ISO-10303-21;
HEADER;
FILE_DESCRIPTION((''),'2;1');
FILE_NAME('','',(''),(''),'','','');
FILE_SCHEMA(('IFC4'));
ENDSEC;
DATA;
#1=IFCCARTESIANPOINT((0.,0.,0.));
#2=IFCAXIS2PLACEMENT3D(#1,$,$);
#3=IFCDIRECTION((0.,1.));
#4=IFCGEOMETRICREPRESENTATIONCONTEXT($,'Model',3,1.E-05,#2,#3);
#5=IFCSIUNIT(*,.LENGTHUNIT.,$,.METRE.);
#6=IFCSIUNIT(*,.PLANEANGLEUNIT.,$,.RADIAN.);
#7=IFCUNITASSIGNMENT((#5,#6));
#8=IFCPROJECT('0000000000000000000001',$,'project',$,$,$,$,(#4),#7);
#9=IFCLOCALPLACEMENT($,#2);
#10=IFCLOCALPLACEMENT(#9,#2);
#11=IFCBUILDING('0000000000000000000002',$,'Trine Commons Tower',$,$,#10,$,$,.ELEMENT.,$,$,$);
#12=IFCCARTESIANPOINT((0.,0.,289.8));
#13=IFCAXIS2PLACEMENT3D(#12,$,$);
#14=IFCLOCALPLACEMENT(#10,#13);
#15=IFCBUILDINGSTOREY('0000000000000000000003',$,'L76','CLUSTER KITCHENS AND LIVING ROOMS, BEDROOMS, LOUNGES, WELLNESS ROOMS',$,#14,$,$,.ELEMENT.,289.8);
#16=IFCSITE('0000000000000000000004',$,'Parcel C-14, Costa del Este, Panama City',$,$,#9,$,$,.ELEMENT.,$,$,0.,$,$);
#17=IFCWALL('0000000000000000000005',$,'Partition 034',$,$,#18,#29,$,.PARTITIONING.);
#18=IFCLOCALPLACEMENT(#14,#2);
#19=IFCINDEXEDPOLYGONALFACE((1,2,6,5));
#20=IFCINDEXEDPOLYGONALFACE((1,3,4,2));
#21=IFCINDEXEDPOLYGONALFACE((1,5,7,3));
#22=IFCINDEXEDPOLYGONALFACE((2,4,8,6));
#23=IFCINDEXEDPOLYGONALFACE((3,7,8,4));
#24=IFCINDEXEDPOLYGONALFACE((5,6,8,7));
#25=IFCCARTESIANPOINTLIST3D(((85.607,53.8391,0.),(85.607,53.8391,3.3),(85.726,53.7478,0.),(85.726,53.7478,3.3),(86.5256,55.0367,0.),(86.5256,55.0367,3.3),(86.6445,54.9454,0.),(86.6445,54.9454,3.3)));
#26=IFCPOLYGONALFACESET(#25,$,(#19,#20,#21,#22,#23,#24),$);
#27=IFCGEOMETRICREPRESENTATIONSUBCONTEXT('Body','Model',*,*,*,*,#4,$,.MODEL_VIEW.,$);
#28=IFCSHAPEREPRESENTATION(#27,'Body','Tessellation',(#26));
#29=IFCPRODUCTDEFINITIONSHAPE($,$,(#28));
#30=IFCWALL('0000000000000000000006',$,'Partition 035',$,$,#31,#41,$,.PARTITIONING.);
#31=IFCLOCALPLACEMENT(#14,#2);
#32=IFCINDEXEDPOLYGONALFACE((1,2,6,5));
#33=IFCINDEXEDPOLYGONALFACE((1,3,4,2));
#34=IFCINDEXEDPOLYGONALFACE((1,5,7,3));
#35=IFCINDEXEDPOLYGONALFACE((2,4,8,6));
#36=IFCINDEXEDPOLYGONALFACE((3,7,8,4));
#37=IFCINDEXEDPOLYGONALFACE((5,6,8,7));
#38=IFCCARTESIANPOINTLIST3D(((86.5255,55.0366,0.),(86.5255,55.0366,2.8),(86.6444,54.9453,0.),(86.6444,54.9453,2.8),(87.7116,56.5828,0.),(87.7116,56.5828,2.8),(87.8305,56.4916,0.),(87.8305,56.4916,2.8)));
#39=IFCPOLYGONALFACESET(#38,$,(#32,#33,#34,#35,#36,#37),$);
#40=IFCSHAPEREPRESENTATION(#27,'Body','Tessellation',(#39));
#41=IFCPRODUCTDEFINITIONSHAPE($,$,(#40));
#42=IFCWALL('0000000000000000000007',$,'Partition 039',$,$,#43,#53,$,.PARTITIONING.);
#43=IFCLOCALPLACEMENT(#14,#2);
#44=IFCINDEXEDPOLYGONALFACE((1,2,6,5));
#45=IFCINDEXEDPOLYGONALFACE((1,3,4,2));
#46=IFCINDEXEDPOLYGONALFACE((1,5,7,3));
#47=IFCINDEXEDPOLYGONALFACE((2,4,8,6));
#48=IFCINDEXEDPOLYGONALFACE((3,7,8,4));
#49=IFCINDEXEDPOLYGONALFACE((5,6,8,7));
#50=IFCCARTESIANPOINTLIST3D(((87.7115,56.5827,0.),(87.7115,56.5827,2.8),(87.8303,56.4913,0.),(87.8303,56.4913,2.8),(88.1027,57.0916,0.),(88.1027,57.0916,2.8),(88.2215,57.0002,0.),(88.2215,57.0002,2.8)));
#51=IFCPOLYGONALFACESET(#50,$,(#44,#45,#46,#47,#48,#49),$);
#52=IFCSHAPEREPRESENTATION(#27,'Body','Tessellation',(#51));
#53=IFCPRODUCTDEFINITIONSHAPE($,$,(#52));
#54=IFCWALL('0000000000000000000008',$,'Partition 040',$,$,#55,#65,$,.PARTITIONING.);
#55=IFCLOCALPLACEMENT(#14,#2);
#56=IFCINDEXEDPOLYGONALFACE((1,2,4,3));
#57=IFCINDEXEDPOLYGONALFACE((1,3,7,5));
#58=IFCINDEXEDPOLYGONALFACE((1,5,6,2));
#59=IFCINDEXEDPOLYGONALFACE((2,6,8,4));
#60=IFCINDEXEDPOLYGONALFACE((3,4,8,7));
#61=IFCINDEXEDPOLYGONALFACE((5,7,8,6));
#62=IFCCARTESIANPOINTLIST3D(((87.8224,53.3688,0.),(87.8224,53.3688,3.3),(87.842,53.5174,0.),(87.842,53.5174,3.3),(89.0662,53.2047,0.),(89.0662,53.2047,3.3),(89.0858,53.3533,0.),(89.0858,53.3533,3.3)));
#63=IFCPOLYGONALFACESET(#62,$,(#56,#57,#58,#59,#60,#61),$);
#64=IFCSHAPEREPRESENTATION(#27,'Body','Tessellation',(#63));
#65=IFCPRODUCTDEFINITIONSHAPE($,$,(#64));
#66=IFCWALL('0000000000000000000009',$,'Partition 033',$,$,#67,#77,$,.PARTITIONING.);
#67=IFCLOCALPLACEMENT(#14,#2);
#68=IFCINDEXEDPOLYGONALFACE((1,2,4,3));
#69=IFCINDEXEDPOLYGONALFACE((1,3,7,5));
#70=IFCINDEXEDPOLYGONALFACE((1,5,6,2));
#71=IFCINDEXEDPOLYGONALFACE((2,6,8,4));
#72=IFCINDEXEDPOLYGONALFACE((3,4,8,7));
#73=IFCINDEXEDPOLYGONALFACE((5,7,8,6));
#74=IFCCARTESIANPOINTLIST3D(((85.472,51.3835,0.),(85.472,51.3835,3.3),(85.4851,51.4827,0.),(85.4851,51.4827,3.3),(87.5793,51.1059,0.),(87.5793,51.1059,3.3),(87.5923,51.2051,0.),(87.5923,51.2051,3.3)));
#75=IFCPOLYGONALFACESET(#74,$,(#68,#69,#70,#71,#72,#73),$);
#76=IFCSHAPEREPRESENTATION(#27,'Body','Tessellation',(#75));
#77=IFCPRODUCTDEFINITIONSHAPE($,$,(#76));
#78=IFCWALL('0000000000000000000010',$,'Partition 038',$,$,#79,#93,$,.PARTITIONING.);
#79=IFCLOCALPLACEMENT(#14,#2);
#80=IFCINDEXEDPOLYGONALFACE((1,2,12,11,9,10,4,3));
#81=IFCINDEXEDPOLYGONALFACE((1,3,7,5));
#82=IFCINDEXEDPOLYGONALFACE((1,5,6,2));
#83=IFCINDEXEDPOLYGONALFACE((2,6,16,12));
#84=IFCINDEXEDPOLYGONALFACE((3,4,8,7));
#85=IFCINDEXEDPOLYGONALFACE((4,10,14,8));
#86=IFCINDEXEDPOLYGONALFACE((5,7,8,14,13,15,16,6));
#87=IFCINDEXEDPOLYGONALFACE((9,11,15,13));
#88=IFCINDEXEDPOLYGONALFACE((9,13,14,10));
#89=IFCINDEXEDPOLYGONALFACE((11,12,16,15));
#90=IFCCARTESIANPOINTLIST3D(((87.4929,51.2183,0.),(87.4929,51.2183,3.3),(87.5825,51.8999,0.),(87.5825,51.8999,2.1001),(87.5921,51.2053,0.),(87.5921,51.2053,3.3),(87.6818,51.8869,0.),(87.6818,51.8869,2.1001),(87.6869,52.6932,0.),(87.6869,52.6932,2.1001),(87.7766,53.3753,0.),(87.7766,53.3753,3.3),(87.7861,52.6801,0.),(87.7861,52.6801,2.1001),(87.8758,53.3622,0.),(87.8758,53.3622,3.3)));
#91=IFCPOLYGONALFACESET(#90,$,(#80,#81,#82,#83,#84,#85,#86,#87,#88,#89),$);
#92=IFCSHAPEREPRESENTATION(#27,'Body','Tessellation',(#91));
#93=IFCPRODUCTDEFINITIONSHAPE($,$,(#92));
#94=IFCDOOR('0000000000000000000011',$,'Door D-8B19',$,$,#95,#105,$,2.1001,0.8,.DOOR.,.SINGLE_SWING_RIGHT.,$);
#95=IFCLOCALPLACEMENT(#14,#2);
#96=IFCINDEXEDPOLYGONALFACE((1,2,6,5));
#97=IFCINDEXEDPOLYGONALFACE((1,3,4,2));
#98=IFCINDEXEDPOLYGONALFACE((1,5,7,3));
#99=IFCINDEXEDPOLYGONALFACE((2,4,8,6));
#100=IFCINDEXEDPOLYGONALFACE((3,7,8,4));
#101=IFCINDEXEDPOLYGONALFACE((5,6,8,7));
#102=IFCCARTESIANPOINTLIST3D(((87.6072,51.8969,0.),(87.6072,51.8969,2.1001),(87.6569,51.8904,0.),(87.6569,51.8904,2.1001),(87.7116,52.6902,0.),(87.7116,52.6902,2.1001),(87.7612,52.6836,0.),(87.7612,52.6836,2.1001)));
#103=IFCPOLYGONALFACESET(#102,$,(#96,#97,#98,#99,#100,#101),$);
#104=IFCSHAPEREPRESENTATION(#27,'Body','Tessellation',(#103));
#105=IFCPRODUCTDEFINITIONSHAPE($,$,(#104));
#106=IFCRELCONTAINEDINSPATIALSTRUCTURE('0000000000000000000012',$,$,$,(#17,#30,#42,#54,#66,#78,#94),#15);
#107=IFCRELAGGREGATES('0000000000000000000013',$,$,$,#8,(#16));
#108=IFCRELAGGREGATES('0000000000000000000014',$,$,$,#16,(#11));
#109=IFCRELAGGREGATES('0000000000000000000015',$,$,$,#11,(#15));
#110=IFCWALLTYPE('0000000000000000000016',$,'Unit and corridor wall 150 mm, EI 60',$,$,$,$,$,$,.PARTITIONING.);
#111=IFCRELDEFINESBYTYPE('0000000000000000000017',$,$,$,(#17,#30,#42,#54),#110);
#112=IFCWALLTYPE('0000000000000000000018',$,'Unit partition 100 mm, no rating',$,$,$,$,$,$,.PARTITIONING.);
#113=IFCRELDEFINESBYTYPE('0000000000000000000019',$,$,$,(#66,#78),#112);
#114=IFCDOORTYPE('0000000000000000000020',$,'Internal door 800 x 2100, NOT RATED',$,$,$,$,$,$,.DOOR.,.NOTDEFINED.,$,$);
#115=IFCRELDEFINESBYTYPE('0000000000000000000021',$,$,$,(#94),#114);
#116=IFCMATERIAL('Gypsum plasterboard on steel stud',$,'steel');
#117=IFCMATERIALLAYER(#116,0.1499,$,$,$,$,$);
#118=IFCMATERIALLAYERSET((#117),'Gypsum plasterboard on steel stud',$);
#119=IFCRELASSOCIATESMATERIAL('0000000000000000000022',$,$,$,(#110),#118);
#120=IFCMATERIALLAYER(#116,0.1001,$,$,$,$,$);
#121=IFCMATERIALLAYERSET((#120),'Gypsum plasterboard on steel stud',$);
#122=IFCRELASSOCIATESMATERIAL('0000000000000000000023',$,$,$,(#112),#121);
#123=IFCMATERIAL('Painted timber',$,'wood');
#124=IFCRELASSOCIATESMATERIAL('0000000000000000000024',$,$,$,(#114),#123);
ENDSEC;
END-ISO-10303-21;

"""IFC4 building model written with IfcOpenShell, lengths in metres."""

from ifc_helpers import new_model, si_unit, direction, frame, frame_2d, origin, place, context, subcontext, project, spatial, rectangle, extrude, material, layer, layer_set, type_object, element, fill, save


model = new_model("IFC4")

# Units and contexts
model_context = context("Model", 3, precision=1e-05, world=origin(), true_north=direction((0.0, 1.0)))
body_context = subcontext(model_context, "Body", "Model", "MODEL_VIEW")
ifc_project = project(units=[si_unit("LENGTHUNIT", "METRE"), si_unit("PLANEANGLEUNIT", "RADIAN")], contexts=[model_context])

# Site, building, storey
site_placement = place(None, origin())
site = spatial("IfcSite", under=ifc_project, at=site_placement, Name="Parcel C-14, Costa del Este, Panama City", CompositionType="ELEMENT", RefElevation=0.0)
building_placement = place(site_placement, origin())
building = spatial("IfcBuilding", under=site, at=building_placement, Name="Trine Commons Tower", CompositionType="ELEMENT")
storey_placement = place(building_placement, frame((0.0, 0.0, 289.8)))
storey = spatial("IfcBuildingStorey", under=building, at=storey_placement, Name="L76", Description="CLUSTER KITCHENS AND LIVING ROOMS, BEDROOMS, LOUNGES, WELLNESS ROOMS", CompositionType="ELEMENT", Elevation=289.8)

# Shared definitions
ifc_material_1 = material(Name="Gypsum plasterboard on steel stud", Category="steel")
ifc_layer_1 = layer(ifc_material_1, 0.1499)
ifc_layer_set_1 = layer_set([ifc_layer_1], Name="Gypsum plasterboard on steel stud")
wall_type_1 = type_object("IfcWallType", Name="Unit and corridor wall 150 mm, EI 60", PredefinedType="PARTITIONING", material=ifc_layer_set_1)

# Walls
wall_1_placement = place(storey_placement, frame((85.6665, 53.7935, 0.0), z_axis=(0.0, 0.0, 1.0), x_axis=(0.608584, 0.793489, 0.0)))
element("IfcWall", 1, at=wall_1_placement, inside=storey, type_object=wall_type_1, Name="Partition 034", PredefinedType="PARTITIONING", context=body_context, shape_type="SweptSolid", body=[
    extrude(rectangle(XDim=1.5093, YDim=0.1499, at=frame_2d((0.7546, 0.0))), origin(), (0.0, 0.0, 1.0), 3.3),
])
wall_2_placement = place(storey_placement, frame((86.585, 54.991, 0.0), z_axis=(0.0, 0.0, 1.0), x_axis=(0.608645, 0.793443, 0.0)))
element("IfcWall", 2, at=wall_2_placement, inside=storey, type_object=wall_type_1, Name="Partition 035", PredefinedType="PARTITIONING", context=body_context, shape_type="SweptSolid", body=[
    extrude(rectangle(XDim=1.9487, YDim=0.1499, at=frame_2d((0.9744, 0.0))), origin(), (0.0, 0.0, 1.0), 2.8),
])
wall_3_placement = place(storey_placement, frame((87.771, 56.5371, 0.0), z_axis=(0.0, 0.0, 1.0), x_axis=(0.609453, 0.792822, 0.0)))
element("IfcWall", 3, at=wall_3_placement, inside=storey, type_object=wall_type_1, Name="Partition 039", PredefinedType="PARTITIONING", context=body_context, shape_type="SweptSolid", body=[
    extrude(rectangle(XDim=0.6418, YDim=0.1499, at=frame_2d((0.3208, 0.0))), origin(), (0.0, 0.0, 1.0), 2.8),
])
wall_4_placement = place(storey_placement, frame((87.832, 53.4431, 0.0), z_axis=(0.0, 0.0, 1.0), x_axis=(0.991414, -0.130762, 0.0)))
element("IfcWall", 4, at=wall_4_placement, inside=storey, type_object=wall_type_1, Name="Partition 040", PredefinedType="PARTITIONING", context=body_context, shape_type="SweptSolid", body=[
    extrude(rectangle(XDim=1.2546, YDim=0.1499, at=frame_2d((0.6274, 0.0))), origin(), (0.0, 0.0, 1.0), 3.3),
])
ifc_layer_2 = layer(ifc_material_1, 0.1001)
ifc_layer_set_2 = layer_set([ifc_layer_2], Name="Gypsum plasterboard on steel stud")
wall_type_2 = type_object("IfcWallType", Name="Unit partition 100 mm, no rating", PredefinedType="PARTITIONING", material=ifc_layer_set_2)
wall_5_placement = place(storey_placement, frame((85.4785, 51.4331, 0.0), z_axis=(0.0, 0.0, 1.0), x_axis=(0.991434, -0.130606, 0.0)))
element("IfcWall", 5, at=wall_5_placement, inside=storey, type_object=wall_type_2, Name="Partition 033", PredefinedType="PARTITIONING", context=body_context, shape_type="SweptSolid", body=[
    extrude(rectangle(XDim=2.1255, YDim=0.1001, at=frame_2d((1.0627, 0.0))), origin(), (0.0, 0.0, 1.0), 3.3),
])

# Wall, opening, door
wall_6_placement = place(storey_placement, frame((87.5425, 51.2117, 0.0), z_axis=(0.0, 0.0, 1.0), x_axis=(0.130399, 0.991462, 0.0)))
wall_6 = element("IfcWall", 6, at=wall_6_placement, inside=storey, type_object=wall_type_2, Name="Partition 038", PredefinedType="PARTITIONING", context=body_context, shape_type="SweptSolid", body=[
    extrude(rectangle(XDim=2.1755, YDim=0.1001, at=frame_2d((1.0879, 0.0))), origin(), (0.0, 0.0, 1.0), 3.3),
])
opening_1_placement = place(wall_6_placement, frame((0.6877, 0.0, 0.0)))
opening_1 = element("IfcOpeningElement", 7, at=opening_1_placement, cuts=wall_6, PredefinedType="OPENING", context=body_context, shape_type="SweptSolid", body=[
    extrude(rectangle(XDim=0.8, YDim=2.1001, at=frame_2d((0.3999, 1.05))), frame((0.0, 0.0601, 0.0), z_axis=(0.0, -1.0, 0.0), x_axis=(1.0, 0.0, 0.0)), (0.0, 0.0, 1.0), 0.1201),
])
ifc_material_2 = material(Name="Painted timber", Category="wood")
door_type_1 = type_object("IfcDoorType", Name="Internal door 800 x 2100, NOT RATED", OperationType="NOTDEFINED", PredefinedType="DOOR", material=ifc_material_2)
door_1_placement = place(opening_1_placement, frame((0.8, 0.0, 0.0), z_axis=(0.0, 0.0, 1.0), x_axis=(-1.0, 0.0, 0.0)))
door_1 = element("IfcDoor", 8, at=door_1_placement, inside=storey, type_object=door_type_1, Name="Door D-8B19", OperationType="SINGLE_SWING_RIGHT", OverallHeight=2.1001, OverallWidth=0.8, PredefinedType="DOOR", context=body_context, shape_type="SweptSolid", body=[
    extrude(rectangle(XDim=0.8, YDim=2.1001, at=frame_2d((0.3999, 1.05))), frame((0.0, 0.0249, 0.0), z_axis=(0.0, -1.0, 0.0), x_axis=(1.0, 0.0, 0.0)), (0.0, 0.0, 1.0), 0.05),
])
fill(opening_1, door_1)

save(model, "model.ifc")
